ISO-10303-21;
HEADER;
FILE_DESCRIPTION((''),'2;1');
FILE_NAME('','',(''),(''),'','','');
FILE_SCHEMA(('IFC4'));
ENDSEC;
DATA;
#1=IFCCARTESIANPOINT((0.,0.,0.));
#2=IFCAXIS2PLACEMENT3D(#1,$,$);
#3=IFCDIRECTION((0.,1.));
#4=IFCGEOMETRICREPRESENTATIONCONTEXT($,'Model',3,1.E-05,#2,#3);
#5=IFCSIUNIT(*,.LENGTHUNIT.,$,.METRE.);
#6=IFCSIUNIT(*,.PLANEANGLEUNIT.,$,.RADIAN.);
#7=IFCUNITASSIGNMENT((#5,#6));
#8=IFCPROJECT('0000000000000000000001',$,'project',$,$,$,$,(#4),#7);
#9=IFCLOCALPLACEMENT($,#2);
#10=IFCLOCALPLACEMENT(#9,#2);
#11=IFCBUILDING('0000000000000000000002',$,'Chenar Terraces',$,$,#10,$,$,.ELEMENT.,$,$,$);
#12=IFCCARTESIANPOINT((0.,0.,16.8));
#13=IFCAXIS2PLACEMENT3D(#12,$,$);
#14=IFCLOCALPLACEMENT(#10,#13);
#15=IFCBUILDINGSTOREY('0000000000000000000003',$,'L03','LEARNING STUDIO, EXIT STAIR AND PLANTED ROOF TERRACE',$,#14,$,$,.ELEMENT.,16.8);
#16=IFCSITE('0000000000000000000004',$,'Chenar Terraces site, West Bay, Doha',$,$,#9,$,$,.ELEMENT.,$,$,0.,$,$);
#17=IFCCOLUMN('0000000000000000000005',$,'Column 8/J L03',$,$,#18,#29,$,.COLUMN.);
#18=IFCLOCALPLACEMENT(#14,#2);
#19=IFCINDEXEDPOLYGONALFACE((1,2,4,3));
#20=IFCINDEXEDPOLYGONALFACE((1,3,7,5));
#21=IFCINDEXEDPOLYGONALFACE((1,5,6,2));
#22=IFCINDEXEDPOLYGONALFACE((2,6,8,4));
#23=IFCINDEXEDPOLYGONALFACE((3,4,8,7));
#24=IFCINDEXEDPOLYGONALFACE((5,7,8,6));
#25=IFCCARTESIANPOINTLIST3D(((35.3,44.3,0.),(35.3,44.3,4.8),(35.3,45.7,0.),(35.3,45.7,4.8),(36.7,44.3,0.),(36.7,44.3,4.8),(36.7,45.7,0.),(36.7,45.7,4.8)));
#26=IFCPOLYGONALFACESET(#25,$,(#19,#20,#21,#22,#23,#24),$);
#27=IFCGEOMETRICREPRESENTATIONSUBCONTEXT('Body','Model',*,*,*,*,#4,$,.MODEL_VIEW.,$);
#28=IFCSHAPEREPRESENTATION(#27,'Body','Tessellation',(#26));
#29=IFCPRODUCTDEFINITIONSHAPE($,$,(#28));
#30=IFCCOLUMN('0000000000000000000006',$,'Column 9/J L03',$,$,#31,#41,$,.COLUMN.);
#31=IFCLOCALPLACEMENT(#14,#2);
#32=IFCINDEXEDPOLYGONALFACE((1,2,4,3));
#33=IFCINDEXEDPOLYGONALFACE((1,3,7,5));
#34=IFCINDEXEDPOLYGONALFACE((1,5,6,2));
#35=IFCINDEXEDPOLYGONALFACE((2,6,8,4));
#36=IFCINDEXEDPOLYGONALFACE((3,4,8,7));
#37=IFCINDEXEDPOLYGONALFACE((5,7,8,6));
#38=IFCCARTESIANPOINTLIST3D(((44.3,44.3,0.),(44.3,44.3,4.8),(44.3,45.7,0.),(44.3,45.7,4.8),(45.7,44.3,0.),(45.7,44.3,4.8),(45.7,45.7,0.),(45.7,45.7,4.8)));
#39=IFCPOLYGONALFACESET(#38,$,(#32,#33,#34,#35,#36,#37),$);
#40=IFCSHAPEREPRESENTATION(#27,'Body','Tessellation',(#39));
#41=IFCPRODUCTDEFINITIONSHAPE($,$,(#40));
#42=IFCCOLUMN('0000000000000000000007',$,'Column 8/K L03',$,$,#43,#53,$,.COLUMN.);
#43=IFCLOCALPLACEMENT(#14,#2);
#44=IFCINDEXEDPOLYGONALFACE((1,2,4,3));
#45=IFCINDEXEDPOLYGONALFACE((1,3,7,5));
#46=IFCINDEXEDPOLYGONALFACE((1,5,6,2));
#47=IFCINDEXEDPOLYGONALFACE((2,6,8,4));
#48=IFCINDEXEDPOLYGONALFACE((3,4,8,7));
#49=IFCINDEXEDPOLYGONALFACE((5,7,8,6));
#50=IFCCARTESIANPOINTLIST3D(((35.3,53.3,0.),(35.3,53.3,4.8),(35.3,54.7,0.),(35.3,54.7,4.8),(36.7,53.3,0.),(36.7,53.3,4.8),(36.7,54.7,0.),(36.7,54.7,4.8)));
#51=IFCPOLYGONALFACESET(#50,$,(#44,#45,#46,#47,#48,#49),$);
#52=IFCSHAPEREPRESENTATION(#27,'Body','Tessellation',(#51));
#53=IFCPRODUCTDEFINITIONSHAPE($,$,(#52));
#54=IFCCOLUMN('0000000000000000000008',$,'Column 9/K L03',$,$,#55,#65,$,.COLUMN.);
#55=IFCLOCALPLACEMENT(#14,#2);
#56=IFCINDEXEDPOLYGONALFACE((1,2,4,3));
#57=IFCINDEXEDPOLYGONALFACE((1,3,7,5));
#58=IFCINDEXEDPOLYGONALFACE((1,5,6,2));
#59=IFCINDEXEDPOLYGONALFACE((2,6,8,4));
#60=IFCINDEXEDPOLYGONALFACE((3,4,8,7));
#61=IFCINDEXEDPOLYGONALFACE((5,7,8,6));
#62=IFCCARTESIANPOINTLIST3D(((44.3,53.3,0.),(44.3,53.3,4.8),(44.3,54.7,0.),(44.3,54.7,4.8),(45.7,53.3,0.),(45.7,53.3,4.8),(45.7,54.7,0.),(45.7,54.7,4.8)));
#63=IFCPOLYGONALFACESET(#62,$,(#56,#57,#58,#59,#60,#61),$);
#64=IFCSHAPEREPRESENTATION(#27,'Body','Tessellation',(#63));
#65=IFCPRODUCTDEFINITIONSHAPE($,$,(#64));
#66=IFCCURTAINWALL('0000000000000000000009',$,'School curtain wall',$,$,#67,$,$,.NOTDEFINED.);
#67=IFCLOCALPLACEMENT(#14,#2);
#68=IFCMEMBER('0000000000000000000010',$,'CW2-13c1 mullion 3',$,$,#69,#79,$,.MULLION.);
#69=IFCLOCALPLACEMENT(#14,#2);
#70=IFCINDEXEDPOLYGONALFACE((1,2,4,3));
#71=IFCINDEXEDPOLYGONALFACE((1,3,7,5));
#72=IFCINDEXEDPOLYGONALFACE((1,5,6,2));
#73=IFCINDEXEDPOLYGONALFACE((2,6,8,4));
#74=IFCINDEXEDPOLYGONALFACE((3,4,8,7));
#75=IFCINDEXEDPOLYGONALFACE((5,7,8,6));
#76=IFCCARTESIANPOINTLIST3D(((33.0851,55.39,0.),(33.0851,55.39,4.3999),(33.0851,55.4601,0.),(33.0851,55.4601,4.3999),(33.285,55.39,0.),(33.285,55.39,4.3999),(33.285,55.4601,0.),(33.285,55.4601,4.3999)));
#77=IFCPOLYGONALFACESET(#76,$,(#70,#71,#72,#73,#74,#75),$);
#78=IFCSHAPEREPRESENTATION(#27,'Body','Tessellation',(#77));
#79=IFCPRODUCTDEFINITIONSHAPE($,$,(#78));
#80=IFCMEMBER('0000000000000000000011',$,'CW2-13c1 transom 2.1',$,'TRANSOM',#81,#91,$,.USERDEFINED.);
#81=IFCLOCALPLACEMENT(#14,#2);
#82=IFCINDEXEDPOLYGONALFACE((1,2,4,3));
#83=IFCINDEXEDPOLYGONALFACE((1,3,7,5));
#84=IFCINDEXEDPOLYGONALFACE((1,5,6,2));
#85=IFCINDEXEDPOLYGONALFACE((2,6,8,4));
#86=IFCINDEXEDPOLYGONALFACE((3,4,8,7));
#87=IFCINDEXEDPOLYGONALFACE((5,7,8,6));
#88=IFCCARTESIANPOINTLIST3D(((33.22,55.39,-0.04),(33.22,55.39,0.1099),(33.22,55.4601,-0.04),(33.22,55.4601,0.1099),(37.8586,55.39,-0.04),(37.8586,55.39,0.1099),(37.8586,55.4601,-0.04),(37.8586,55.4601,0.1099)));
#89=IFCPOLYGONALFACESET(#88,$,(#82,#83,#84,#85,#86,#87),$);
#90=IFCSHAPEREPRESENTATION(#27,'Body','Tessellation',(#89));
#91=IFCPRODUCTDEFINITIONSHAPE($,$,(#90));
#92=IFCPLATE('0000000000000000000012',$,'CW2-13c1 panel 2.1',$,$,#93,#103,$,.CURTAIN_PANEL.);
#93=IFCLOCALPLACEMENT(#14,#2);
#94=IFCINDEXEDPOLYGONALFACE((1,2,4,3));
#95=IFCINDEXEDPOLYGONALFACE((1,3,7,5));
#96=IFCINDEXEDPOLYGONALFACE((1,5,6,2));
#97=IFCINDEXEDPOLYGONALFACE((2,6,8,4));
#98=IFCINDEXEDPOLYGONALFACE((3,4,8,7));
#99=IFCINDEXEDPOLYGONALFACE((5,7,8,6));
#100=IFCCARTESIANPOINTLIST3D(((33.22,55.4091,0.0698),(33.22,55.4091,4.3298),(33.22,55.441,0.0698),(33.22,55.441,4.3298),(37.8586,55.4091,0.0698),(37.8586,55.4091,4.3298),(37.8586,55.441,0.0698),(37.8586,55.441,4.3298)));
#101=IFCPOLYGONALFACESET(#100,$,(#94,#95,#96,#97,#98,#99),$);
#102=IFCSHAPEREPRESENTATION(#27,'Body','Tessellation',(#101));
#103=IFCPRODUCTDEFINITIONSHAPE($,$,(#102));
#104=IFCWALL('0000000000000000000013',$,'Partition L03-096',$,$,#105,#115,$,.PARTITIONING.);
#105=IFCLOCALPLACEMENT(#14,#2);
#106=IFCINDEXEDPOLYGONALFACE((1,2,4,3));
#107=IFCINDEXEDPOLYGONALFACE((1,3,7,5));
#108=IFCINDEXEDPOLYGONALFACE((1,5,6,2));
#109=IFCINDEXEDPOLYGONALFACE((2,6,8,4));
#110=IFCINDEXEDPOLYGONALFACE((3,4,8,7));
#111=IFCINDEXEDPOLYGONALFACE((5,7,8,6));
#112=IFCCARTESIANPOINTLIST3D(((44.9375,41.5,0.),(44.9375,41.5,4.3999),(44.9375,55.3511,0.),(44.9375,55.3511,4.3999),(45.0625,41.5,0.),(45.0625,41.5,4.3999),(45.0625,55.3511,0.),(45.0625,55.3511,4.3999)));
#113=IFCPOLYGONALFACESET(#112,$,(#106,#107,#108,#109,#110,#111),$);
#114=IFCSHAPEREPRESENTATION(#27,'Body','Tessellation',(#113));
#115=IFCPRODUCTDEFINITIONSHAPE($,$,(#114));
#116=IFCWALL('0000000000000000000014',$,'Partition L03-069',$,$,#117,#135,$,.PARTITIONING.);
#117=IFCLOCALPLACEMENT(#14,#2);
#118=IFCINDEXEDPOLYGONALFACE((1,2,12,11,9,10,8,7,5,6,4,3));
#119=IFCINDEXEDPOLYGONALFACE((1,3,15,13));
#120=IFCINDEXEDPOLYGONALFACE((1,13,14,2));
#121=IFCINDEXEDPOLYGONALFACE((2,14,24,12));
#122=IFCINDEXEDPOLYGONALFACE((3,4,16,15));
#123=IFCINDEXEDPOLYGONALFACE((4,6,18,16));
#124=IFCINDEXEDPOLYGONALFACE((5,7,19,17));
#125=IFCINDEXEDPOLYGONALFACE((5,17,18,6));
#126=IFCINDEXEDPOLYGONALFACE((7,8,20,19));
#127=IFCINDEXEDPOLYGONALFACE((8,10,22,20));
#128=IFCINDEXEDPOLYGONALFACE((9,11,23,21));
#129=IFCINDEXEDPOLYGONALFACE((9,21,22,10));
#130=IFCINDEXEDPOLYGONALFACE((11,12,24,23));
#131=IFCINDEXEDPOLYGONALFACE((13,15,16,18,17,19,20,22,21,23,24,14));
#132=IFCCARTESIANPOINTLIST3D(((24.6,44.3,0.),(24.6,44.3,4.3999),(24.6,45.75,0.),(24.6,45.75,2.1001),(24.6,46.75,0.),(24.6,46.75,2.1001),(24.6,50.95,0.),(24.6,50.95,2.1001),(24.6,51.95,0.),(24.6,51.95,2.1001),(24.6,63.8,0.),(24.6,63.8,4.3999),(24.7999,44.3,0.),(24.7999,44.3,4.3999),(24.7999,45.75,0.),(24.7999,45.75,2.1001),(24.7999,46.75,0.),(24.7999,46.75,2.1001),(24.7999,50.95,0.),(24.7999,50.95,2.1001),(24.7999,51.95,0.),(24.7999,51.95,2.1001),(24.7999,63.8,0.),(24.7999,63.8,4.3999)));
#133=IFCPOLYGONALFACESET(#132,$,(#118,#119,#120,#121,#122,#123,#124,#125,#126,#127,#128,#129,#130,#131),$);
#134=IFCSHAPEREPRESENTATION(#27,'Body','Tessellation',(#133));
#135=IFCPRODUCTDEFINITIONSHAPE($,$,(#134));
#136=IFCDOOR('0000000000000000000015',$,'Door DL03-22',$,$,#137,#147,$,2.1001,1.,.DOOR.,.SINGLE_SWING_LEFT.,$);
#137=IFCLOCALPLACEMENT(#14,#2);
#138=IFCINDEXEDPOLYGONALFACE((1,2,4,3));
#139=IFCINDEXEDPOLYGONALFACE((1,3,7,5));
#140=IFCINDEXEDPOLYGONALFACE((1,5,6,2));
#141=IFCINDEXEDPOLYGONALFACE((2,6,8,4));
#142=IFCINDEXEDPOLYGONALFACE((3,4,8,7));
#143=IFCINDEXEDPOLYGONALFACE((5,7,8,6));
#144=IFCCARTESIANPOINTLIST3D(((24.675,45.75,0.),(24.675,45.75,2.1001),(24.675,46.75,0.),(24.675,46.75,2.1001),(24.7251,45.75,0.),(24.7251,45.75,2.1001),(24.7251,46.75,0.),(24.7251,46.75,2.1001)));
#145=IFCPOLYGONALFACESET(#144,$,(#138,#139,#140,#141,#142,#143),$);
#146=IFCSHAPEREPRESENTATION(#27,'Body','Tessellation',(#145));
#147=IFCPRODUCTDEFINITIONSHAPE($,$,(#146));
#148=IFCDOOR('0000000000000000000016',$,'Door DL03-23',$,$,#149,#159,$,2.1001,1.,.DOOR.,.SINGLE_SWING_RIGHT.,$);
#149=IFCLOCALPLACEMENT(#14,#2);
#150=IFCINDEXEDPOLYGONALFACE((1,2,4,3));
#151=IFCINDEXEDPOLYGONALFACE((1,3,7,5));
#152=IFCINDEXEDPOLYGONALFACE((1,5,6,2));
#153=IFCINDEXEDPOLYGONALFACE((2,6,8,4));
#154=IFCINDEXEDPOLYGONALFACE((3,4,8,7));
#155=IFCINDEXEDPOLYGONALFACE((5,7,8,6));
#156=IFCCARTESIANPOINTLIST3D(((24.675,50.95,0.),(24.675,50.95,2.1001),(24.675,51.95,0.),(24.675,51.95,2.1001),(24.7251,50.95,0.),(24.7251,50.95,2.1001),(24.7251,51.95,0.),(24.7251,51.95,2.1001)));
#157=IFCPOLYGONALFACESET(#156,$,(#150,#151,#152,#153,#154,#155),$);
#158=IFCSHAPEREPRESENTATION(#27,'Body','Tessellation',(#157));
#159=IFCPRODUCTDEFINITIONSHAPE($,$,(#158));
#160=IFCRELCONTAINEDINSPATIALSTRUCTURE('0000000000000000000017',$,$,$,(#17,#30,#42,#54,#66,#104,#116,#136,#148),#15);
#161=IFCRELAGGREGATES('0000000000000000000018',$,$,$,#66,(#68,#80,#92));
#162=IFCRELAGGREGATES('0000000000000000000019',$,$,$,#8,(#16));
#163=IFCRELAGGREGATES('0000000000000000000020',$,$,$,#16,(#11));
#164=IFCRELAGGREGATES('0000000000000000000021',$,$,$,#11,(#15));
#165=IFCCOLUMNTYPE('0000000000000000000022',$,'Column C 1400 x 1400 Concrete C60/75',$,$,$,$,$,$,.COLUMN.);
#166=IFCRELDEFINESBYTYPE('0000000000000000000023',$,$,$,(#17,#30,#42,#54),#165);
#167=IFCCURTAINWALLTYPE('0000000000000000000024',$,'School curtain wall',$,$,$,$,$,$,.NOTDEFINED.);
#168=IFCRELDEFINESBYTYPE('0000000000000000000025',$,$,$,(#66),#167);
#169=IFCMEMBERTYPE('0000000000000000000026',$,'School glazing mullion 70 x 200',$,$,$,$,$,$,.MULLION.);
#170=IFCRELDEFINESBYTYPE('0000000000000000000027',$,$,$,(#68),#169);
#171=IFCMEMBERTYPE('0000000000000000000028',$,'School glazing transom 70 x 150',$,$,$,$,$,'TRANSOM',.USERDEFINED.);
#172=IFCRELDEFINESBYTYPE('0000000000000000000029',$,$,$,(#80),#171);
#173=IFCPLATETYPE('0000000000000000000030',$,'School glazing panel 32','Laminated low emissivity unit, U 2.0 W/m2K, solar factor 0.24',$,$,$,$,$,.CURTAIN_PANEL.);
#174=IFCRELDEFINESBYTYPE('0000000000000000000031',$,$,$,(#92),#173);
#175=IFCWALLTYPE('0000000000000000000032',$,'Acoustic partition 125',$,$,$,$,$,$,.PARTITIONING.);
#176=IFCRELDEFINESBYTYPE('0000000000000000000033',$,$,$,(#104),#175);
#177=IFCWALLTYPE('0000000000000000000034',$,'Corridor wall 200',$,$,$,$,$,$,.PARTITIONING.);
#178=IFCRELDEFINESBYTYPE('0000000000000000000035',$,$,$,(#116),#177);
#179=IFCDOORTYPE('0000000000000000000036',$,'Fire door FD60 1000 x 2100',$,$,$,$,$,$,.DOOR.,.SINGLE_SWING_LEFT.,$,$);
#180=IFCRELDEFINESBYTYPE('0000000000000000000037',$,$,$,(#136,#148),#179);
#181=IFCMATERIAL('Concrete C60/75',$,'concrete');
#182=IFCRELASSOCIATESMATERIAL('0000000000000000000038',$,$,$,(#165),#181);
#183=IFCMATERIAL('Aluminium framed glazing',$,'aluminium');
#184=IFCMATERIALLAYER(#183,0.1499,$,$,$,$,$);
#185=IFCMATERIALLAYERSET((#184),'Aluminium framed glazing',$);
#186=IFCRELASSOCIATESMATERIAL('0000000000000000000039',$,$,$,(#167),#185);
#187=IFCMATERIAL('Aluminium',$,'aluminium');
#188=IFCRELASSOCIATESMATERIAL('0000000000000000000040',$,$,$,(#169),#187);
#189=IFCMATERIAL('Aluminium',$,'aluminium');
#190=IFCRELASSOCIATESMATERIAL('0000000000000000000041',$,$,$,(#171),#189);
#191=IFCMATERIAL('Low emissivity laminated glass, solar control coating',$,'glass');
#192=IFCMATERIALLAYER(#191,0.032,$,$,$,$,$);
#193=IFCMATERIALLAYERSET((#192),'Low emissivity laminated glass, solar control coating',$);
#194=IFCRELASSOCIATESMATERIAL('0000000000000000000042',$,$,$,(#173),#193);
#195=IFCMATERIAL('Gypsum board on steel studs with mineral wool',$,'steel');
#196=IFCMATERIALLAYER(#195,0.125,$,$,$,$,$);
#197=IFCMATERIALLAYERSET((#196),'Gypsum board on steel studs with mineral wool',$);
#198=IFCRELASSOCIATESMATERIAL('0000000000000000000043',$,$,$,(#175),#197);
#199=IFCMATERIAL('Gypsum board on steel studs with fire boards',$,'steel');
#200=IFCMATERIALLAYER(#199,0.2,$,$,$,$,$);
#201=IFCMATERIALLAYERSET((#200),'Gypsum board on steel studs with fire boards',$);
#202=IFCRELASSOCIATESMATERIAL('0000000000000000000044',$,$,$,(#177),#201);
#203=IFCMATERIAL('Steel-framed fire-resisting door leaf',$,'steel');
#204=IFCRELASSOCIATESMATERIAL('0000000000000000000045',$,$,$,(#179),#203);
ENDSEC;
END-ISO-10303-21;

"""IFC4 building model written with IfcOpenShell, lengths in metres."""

from ifc_helpers import new_model, si_unit, direction, frame, frame_2d, origin, origin_2d, place, context, subcontext, project, spatial, rectangle, extrude, material, layer, layer_set, material_profile, profile_set, type_object, element, fill, aggregate, save


model = new_model("IFC4")

# Units and contexts
model_context = context("Model", 3, precision=1e-05, world=origin(), true_north=direction((0.0, 1.0)))
body_context = subcontext(model_context, "Body", "Model", "MODEL_VIEW")
ifc_project = project(units=[si_unit("LENGTHUNIT", "METRE"), si_unit("PLANEANGLEUNIT", "RADIAN")], contexts=[model_context])

# Site, building, storey
site_placement = place(None, origin())
site = spatial("IfcSite", under=ifc_project, at=site_placement, Name="Chenar Terraces site, West Bay, Doha", CompositionType="ELEMENT", RefElevation=0.0)
building_placement = place(site_placement, origin())
building = spatial("IfcBuilding", under=site, at=building_placement, Name="Chenar Terraces", CompositionType="ELEMENT")
storey_placement = place(building_placement, frame((0.0, 0.0, 16.8)))
storey = spatial("IfcBuildingStorey", under=building, at=storey_placement, Name="L03", Description="LEARNING STUDIO, EXIT STAIR AND PLANTED ROOF TERRACE", CompositionType="ELEMENT", Elevation=16.8)

# Columns
ifc_material_1 = material(Name="Concrete C60/75", Category="concrete")
ifc_material_profile_1 = material_profile(ifc_material_1, rectangle(XDim=1.3999, YDim=1.3999, at=origin_2d()), Name="C 1400 x 1400")
ifc_profile_set_1 = profile_set([ifc_material_profile_1], Name="Concrete C60/75")
column_type = type_object("IfcColumnType", Name="Column C 1400 x 1400 Concrete C60/75", PredefinedType="COLUMN", material=ifc_profile_set_1)
for number, where, z_axis, x_axis, name in (
    (1, (36.0, 45.0, 0.0), (0.0, 0.0, 1.0), (1.0, 0.0, 0.0), "Column 8/J L03"),
    (2, (45.0, 45.0, 0.0), (0.0, 0.0, 1.0), (1.0, 0.0, 0.0), "Column 9/J L03"),
    (3, (36.0, 54.0, 0.0), (0.0, 0.0, 1.0), (1.0, 0.0, 0.0), "Column 8/K L03"),
    (4, (45.0, 54.0, 0.0), (0.0, 0.0, 1.0), (1.0, 0.0, 0.0), "Column 9/K L03"),
):
    element("IfcColumn", number, at=place(storey_placement, frame(where, z_axis=z_axis, x_axis=x_axis)), inside=storey, type_object=column_type, Name=name, PredefinedType="COLUMN", context=body_context, shape_type="SweptSolid", body=[
        extrude(rectangle(XDim=1.3999, YDim=1.3999, at=origin_2d()), origin(), (0.0, 0.0, 1.0), 4.8),
    ])

# Curtain wall, members, plate
ifc_material_2 = material(Name="Aluminium framed glazing", Category="aluminium")
ifc_layer_1 = layer(ifc_material_2, 0.1499)
ifc_layer_set_1 = layer_set([ifc_layer_1], Name="Aluminium framed glazing")
curtain_wall_type = type_object("IfcCurtainWallType", Name="School curtain wall", PredefinedType="NOTDEFINED", material=ifc_layer_set_1)
curtain_wall_placement = place(storey_placement, origin())
curtain_wall = element("IfcCurtainWall", 5, at=curtain_wall_placement, inside=storey, type_object=curtain_wall_type, Name="School curtain wall", PredefinedType="NOTDEFINED")
ifc_material_3 = material(Name="Aluminium", Category="aluminium")
ifc_material_profile_2 = material_profile(ifc_material_3, rectangle(XDim=0.0701, YDim=0.2, at=origin_2d()), Name="School glazing mullion 70 x 200")
ifc_profile_set_2 = profile_set([ifc_material_profile_2], Name="Aluminium")
member_type_1 = type_object("IfcMemberType", Name="School glazing mullion 70 x 200", PredefinedType="MULLION", material=ifc_profile_set_2)
member_1_placement = place(storey_placement, frame((33.1851, 55.425, 0.0), z_axis=(0.0, 0.0, 1.0), x_axis=(0.0, -1.0, 0.0)))
member_1 = element("IfcMember", 6, at=member_1_placement, type_object=member_type_1, Name="CW2-13c1 mullion 3", PredefinedType="MULLION", context=body_context, shape_type="SweptSolid", body=[
    extrude(rectangle(XDim=0.0701, YDim=0.2, at=origin_2d()), origin(), (0.0, 0.0, 1.0), 4.3999),
])
ifc_material_4 = material(Name="Aluminium", Category="aluminium")
ifc_material_profile_3 = material_profile(ifc_material_4, rectangle(XDim=0.0701, YDim=0.1499, at=origin_2d()), Name="School glazing transom 70 x 150")
ifc_profile_set_3 = profile_set([ifc_material_profile_3], Name="Aluminium")
member_type_2 = type_object("IfcMemberType", Name="School glazing transom 70 x 150", ElementType="TRANSOM", PredefinedType="USERDEFINED", material=ifc_profile_set_3)
member_2_placement = place(storey_placement, frame((37.8586, 55.425, 0.0349), z_axis=(-1.0, 0.0, 0.0), x_axis=(0.0, -1.0, 0.0)))
member_2 = element("IfcMember", 7, at=member_2_placement, type_object=member_type_2, Name="CW2-13c1 transom 2.1", ObjectType="TRANSOM", PredefinedType="USERDEFINED", context=body_context, shape_type="SweptSolid", body=[
    extrude(rectangle(XDim=0.0701, YDim=0.1499, at=origin_2d()), origin(), (0.0, 0.0, 1.0), 4.6387),
])
ifc_material_5 = material(Name="Low emissivity laminated glass, solar control coating", Category="glass")
ifc_layer_2 = layer(ifc_material_5, 0.032)
ifc_layer_set_2 = layer_set([ifc_layer_2], Name="Low emissivity laminated glass, solar control coating")
plate_type = type_object("IfcPlateType", Name="School glazing panel 32", Description="Laminated low emissivity unit, U 2.0 W/m2K, solar factor 0.24", PredefinedType="CURTAIN_PANEL", material=ifc_layer_set_2)
plate_placement = place(storey_placement, frame((35.5393, 55.425, 0.0698), z_axis=(0.0, 0.0, 1.0), x_axis=(-1.0, 0.0, 0.0)))
plate = element("IfcPlate", 8, at=plate_placement, type_object=plate_type, Name="CW2-13c1 panel 2.1", PredefinedType="CURTAIN_PANEL", context=body_context, shape_type="SweptSolid", body=[
    extrude(rectangle(XDim=4.6387, YDim=0.032, at=origin_2d()), origin(), (0.0, 0.0, 1.0), 4.26),
])
aggregate(curtain_wall, [member_1, member_2, plate])

# Wall
ifc_material_6 = material(Name="Gypsum board on steel studs with mineral wool", Category="steel")
ifc_layer_3 = layer(ifc_material_6, 0.125)
ifc_layer_set_3 = layer_set([ifc_layer_3], Name="Gypsum board on steel studs with mineral wool")
wall_type_1 = type_object("IfcWallType", Name="Acoustic partition 125", PredefinedType="PARTITIONING", material=ifc_layer_set_3)
wall_1_placement = place(storey_placement, frame((45.0, 41.5, 0.0), z_axis=(0.0, 0.0, 1.0), x_axis=(0.0, 1.0, 0.0)))
element("IfcWall", 9, at=wall_1_placement, inside=storey, type_object=wall_type_1, Name="Partition L03-096", PredefinedType="PARTITIONING", context=body_context, shape_type="SweptSolid", body=[
    extrude(rectangle(XDim=13.8511, YDim=0.125, at=frame_2d((6.9255, 0.0))), origin(), (0.0, 0.0, 1.0), 4.3999),
])

# Wall, openings, doors
ifc_material_7 = material(Name="Gypsum board on steel studs with fire boards", Category="steel")
ifc_layer_4 = layer(ifc_material_7, 0.2)
ifc_layer_set_4 = layer_set([ifc_layer_4], Name="Gypsum board on steel studs with fire boards")
wall_type_2 = type_object("IfcWallType", Name="Corridor wall 200", PredefinedType="PARTITIONING", material=ifc_layer_set_4)
wall_2_placement = place(storey_placement, frame((24.7, 44.3, 0.0), z_axis=(0.0, 0.0, 1.0), x_axis=(0.0, 1.0, 0.0)))
wall_2 = element("IfcWall", 10, at=wall_2_placement, inside=storey, type_object=wall_type_2, Name="Partition L03-069", PredefinedType="PARTITIONING", context=body_context, shape_type="SweptSolid", body=[
    extrude(rectangle(XDim=19.5, YDim=0.2, at=frame_2d((9.75, 0.0))), origin(), (0.0, 0.0, 1.0), 4.3999),
])
opening_1_placement = place(wall_2_placement, frame((1.45, 0.0, 0.0)))
opening_1 = element("IfcOpeningElement", 11, at=opening_1_placement, cuts=wall_2, PredefinedType="OPENING", context=body_context, shape_type="SweptSolid", body=[
    extrude(rectangle(XDim=1.0, YDim=2.1001, at=frame_2d((0.5, 1.05))), frame((0.0, 0.1099, 0.0), z_axis=(0.0, -1.0, 0.0), x_axis=(1.0, 0.0, 0.0)), (0.0, 0.0, 1.0), 0.22),
])
opening_2_placement = place(wall_2_placement, frame((6.6499, 0.0, 0.0)))
opening_2 = element("IfcOpeningElement", 12, at=opening_2_placement, cuts=wall_2, PredefinedType="OPENING", context=body_context, shape_type="SweptSolid", body=[
    extrude(rectangle(XDim=1.0, YDim=2.1001, at=frame_2d((0.5, 1.05))), frame((0.0, 0.1099, 0.0), z_axis=(0.0, -1.0, 0.0), x_axis=(1.0, 0.0, 0.0)), (0.0, 0.0, 1.0), 0.22),
])
ifc_material_8 = material(Name="Steel-framed fire-resisting door leaf", Category="steel")
door_type = type_object("IfcDoorType", Name="Fire door FD60 1000 x 2100", OperationType="SINGLE_SWING_LEFT", PredefinedType="DOOR", material=ifc_material_8)
door_1_placement = place(opening_1_placement, origin())
door_1 = element("IfcDoor", 13, at=door_1_placement, inside=storey, type_object=door_type, Name="Door DL03-22", OperationType="SINGLE_SWING_LEFT", OverallHeight=2.1001, OverallWidth=1.0, PredefinedType="DOOR", context=body_context, shape_type="SweptSolid", body=[
    extrude(rectangle(XDim=1.0, YDim=2.1001, at=frame_2d((0.5, 1.05))), frame((0.0, 0.0249, 0.0), z_axis=(0.0, -1.0, 0.0), x_axis=(1.0, 0.0, 0.0)), (0.0, 0.0, 1.0), 0.05),
])
fill(opening_1, door_1)
door_2_placement = place(opening_2_placement, origin())
door_2 = element("IfcDoor", 14, at=door_2_placement, inside=storey, type_object=door_type, Name="Door DL03-23", OperationType="SINGLE_SWING_RIGHT", OverallHeight=2.1001, OverallWidth=1.0, PredefinedType="DOOR", context=body_context, shape_type="SweptSolid", body=[
    extrude(rectangle(XDim=1.0, YDim=2.1001, at=frame_2d((0.5, 1.05))), frame((0.0, 0.0249, 0.0), z_axis=(0.0, -1.0, 0.0), x_axis=(1.0, 0.0, 0.0)), (0.0, 0.0, 1.0), 0.05),
])
fill(opening_2, door_2)

save(model, "model.ifc")
